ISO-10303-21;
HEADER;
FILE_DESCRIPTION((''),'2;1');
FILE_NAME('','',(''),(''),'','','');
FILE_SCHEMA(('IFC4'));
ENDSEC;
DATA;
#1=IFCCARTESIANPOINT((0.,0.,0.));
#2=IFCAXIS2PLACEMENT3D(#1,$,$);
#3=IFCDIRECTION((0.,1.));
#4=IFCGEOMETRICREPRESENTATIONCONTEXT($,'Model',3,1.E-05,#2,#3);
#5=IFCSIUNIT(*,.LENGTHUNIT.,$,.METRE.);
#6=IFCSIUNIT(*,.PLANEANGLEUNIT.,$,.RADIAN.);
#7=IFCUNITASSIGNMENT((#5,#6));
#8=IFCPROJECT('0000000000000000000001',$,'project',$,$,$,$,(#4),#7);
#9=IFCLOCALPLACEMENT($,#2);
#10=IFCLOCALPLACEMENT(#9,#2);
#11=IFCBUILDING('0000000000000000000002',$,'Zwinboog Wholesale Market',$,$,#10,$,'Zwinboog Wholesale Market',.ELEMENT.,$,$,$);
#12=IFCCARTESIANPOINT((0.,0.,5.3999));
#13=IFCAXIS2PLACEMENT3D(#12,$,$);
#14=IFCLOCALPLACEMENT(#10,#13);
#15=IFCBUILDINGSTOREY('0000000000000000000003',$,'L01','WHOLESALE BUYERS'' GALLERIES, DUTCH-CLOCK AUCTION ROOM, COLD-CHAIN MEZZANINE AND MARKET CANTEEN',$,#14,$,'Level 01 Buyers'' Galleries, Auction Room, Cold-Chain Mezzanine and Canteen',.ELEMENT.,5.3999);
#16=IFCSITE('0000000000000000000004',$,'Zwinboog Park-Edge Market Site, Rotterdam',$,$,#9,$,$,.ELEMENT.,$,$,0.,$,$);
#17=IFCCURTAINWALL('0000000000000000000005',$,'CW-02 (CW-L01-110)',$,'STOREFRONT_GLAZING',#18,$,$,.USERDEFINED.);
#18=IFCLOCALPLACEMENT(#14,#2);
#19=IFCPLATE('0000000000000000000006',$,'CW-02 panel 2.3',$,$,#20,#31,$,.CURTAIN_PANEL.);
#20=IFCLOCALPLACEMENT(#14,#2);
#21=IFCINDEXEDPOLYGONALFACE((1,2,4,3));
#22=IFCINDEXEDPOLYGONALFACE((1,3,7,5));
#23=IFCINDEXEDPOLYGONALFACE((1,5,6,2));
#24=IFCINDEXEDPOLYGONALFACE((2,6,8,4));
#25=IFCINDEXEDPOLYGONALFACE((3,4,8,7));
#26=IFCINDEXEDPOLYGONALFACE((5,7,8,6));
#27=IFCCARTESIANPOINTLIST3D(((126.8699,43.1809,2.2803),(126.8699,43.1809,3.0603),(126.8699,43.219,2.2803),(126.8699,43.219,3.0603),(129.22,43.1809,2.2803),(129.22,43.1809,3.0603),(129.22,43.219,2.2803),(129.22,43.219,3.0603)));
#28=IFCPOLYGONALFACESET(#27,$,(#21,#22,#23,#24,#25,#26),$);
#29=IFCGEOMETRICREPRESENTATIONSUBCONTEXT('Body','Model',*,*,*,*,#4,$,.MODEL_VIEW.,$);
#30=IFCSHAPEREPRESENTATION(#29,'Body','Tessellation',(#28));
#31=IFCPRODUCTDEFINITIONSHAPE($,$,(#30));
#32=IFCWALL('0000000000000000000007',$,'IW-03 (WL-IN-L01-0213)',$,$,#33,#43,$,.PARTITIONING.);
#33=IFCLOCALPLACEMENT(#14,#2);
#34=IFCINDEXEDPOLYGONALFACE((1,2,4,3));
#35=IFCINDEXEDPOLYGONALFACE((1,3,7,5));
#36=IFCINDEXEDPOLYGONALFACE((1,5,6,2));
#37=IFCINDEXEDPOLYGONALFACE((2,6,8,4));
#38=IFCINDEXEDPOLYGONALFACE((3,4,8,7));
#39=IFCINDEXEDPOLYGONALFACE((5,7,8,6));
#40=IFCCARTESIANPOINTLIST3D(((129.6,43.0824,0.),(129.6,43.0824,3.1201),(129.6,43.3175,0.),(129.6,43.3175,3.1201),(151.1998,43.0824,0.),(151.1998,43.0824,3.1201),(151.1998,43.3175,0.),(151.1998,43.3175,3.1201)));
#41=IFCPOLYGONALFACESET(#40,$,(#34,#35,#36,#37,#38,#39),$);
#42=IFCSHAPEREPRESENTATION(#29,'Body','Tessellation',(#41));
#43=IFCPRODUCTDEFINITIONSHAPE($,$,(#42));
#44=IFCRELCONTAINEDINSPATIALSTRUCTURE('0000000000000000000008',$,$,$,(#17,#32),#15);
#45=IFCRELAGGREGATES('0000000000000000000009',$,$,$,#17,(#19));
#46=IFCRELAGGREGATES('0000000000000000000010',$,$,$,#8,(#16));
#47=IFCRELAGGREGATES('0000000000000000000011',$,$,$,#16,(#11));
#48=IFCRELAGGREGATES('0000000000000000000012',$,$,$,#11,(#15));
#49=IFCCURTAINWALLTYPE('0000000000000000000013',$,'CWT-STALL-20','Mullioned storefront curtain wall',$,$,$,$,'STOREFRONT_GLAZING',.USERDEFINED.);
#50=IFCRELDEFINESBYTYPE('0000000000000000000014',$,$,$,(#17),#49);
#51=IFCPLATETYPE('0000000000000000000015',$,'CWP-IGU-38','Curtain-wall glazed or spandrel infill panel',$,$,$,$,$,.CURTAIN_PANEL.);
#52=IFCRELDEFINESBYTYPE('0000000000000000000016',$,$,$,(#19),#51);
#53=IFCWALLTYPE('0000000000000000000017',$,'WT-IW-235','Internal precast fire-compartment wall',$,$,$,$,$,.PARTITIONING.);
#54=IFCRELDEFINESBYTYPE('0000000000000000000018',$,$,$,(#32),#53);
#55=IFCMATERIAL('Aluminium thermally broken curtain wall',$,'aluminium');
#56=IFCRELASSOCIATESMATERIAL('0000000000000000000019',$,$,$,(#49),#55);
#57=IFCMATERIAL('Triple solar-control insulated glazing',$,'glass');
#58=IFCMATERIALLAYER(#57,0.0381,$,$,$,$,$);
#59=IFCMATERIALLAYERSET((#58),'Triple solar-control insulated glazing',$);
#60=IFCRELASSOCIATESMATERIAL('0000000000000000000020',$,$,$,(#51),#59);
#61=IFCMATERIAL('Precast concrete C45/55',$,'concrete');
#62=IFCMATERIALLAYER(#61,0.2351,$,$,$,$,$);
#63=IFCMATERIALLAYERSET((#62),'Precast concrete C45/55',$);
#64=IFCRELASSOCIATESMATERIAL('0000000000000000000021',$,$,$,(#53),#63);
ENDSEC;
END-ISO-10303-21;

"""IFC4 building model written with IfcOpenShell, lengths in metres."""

from ifc_helpers import new_model, si_unit, direction, frame, frame_2d, origin, origin_2d, place, context, subcontext, project, spatial, rectangle, extrude, material, layer, layer_set, type_object, element, aggregate, save


model = new_model("IFC4")

# Units and contexts
model_context = context("Model", 3, precision=1e-05, world=origin(), true_north=direction((0.0, 1.0)))
body_context = subcontext(model_context, "Body", "Model", "MODEL_VIEW")
ifc_project = project(units=[si_unit("LENGTHUNIT", "METRE"), si_unit("PLANEANGLEUNIT", "RADIAN")], contexts=[model_context])

# Site, building, storey
site_placement = place(None, origin())
site = spatial("IfcSite", under=ifc_project, at=site_placement, Name="Zwinboog Park-Edge Market Site, Rotterdam", CompositionType="ELEMENT", RefElevation=0.0)
building_placement = place(site_placement, origin())
building = spatial("IfcBuilding", under=site, at=building_placement, Name="Zwinboog Wholesale Market", LongName="Zwinboog Wholesale Market", CompositionType="ELEMENT")
storey_placement = place(building_placement, frame((0.0, 0.0, 5.3999)))
storey = spatial("IfcBuildingStorey", under=building, at=storey_placement, Name="L01", Description="WHOLESALE BUYERS' GALLERIES, DUTCH-CLOCK AUCTION ROOM, COLD-CHAIN MEZZANINE AND MARKET CANTEEN", LongName="Level 01 Buyers' Galleries, Auction Room, Cold-Chain Mezzanine and Canteen", CompositionType="ELEMENT", Elevation=5.3999)

# Shared definitions
ifc_material_1 = material(Name="Precast concrete C45/55", Category="concrete")

# Curtain wall, plate
ifc_material_2 = material(Name="Aluminium thermally broken curtain wall", Category="aluminium")
curtain_wall_type = type_object("IfcCurtainWallType", Name="CWT-STALL-20", Description="Mullioned storefront curtain wall", ElementType="STOREFRONT_GLAZING", PredefinedType="USERDEFINED", material=ifc_material_2)
curtain_wall_placement = place(storey_placement, origin())
curtain_wall = element("IfcCurtainWall", 1, at=curtain_wall_placement, inside=storey, type_object=curtain_wall_type, Name="CW-02 (CW-L01-110)", ObjectType="STOREFRONT_GLAZING", PredefinedType="USERDEFINED")
ifc_material_3 = material(Name="Triple solar-control insulated glazing", Category="glass")
ifc_layer_1 = layer(ifc_material_3, 0.0381)
ifc_layer_set_1 = layer_set([ifc_layer_1], Name="Triple solar-control insulated glazing")
plate_type = type_object("IfcPlateType", Name="CWP-IGU-38", Description="Curtain-wall glazed or spandrel infill panel", PredefinedType="CURTAIN_PANEL", material=ifc_layer_set_1)
plate_1_placement = place(storey_placement, frame((128.0449, 43.2, 2.2803), z_axis=(0.0, 0.0, 1.0), x_axis=(1.0, 0.0, 0.0)))
plate_1 = element("IfcPlate", 2, at=plate_1_placement, type_object=plate_type, Name="CW-02 panel 2.3", PredefinedType="CURTAIN_PANEL", context=body_context, shape_type="SweptSolid", body=[
    extrude(rectangle(XDim=2.3501, YDim=0.0381, at=origin_2d()), origin(), (0.0, 0.0, 1.0), 0.78),
])
aggregate(curtain_wall, [plate_1])

# Wall
ifc_layer_2 = layer(ifc_material_1, 0.2351)
ifc_layer_set_2 = layer_set([ifc_layer_2], Name="Precast concrete C45/55")
wall_type = type_object("IfcWallType", Name="WT-IW-235", Description="Internal precast fire-compartment wall", PredefinedType="PARTITIONING", material=ifc_layer_set_2)
wall_placement = place(storey_placement, frame((129.6001, 43.2, 0.0), z_axis=(0.0, 0.0, 1.0), x_axis=(1.0, 0.0, 0.0)))
element("IfcWall", 3, at=wall_placement, inside=storey, type_object=wall_type, Name="IW-03 (WL-IN-L01-0213)", PredefinedType="PARTITIONING", context=body_context, shape_type="SweptSolid", body=[
    extrude(rectangle(XDim=21.5999, YDim=0.2351, at=frame_2d((10.7998, 0.0))), origin(), (0.0, 0.0, 1.0), 3.1201),
])

save(model, "model.ifc")
